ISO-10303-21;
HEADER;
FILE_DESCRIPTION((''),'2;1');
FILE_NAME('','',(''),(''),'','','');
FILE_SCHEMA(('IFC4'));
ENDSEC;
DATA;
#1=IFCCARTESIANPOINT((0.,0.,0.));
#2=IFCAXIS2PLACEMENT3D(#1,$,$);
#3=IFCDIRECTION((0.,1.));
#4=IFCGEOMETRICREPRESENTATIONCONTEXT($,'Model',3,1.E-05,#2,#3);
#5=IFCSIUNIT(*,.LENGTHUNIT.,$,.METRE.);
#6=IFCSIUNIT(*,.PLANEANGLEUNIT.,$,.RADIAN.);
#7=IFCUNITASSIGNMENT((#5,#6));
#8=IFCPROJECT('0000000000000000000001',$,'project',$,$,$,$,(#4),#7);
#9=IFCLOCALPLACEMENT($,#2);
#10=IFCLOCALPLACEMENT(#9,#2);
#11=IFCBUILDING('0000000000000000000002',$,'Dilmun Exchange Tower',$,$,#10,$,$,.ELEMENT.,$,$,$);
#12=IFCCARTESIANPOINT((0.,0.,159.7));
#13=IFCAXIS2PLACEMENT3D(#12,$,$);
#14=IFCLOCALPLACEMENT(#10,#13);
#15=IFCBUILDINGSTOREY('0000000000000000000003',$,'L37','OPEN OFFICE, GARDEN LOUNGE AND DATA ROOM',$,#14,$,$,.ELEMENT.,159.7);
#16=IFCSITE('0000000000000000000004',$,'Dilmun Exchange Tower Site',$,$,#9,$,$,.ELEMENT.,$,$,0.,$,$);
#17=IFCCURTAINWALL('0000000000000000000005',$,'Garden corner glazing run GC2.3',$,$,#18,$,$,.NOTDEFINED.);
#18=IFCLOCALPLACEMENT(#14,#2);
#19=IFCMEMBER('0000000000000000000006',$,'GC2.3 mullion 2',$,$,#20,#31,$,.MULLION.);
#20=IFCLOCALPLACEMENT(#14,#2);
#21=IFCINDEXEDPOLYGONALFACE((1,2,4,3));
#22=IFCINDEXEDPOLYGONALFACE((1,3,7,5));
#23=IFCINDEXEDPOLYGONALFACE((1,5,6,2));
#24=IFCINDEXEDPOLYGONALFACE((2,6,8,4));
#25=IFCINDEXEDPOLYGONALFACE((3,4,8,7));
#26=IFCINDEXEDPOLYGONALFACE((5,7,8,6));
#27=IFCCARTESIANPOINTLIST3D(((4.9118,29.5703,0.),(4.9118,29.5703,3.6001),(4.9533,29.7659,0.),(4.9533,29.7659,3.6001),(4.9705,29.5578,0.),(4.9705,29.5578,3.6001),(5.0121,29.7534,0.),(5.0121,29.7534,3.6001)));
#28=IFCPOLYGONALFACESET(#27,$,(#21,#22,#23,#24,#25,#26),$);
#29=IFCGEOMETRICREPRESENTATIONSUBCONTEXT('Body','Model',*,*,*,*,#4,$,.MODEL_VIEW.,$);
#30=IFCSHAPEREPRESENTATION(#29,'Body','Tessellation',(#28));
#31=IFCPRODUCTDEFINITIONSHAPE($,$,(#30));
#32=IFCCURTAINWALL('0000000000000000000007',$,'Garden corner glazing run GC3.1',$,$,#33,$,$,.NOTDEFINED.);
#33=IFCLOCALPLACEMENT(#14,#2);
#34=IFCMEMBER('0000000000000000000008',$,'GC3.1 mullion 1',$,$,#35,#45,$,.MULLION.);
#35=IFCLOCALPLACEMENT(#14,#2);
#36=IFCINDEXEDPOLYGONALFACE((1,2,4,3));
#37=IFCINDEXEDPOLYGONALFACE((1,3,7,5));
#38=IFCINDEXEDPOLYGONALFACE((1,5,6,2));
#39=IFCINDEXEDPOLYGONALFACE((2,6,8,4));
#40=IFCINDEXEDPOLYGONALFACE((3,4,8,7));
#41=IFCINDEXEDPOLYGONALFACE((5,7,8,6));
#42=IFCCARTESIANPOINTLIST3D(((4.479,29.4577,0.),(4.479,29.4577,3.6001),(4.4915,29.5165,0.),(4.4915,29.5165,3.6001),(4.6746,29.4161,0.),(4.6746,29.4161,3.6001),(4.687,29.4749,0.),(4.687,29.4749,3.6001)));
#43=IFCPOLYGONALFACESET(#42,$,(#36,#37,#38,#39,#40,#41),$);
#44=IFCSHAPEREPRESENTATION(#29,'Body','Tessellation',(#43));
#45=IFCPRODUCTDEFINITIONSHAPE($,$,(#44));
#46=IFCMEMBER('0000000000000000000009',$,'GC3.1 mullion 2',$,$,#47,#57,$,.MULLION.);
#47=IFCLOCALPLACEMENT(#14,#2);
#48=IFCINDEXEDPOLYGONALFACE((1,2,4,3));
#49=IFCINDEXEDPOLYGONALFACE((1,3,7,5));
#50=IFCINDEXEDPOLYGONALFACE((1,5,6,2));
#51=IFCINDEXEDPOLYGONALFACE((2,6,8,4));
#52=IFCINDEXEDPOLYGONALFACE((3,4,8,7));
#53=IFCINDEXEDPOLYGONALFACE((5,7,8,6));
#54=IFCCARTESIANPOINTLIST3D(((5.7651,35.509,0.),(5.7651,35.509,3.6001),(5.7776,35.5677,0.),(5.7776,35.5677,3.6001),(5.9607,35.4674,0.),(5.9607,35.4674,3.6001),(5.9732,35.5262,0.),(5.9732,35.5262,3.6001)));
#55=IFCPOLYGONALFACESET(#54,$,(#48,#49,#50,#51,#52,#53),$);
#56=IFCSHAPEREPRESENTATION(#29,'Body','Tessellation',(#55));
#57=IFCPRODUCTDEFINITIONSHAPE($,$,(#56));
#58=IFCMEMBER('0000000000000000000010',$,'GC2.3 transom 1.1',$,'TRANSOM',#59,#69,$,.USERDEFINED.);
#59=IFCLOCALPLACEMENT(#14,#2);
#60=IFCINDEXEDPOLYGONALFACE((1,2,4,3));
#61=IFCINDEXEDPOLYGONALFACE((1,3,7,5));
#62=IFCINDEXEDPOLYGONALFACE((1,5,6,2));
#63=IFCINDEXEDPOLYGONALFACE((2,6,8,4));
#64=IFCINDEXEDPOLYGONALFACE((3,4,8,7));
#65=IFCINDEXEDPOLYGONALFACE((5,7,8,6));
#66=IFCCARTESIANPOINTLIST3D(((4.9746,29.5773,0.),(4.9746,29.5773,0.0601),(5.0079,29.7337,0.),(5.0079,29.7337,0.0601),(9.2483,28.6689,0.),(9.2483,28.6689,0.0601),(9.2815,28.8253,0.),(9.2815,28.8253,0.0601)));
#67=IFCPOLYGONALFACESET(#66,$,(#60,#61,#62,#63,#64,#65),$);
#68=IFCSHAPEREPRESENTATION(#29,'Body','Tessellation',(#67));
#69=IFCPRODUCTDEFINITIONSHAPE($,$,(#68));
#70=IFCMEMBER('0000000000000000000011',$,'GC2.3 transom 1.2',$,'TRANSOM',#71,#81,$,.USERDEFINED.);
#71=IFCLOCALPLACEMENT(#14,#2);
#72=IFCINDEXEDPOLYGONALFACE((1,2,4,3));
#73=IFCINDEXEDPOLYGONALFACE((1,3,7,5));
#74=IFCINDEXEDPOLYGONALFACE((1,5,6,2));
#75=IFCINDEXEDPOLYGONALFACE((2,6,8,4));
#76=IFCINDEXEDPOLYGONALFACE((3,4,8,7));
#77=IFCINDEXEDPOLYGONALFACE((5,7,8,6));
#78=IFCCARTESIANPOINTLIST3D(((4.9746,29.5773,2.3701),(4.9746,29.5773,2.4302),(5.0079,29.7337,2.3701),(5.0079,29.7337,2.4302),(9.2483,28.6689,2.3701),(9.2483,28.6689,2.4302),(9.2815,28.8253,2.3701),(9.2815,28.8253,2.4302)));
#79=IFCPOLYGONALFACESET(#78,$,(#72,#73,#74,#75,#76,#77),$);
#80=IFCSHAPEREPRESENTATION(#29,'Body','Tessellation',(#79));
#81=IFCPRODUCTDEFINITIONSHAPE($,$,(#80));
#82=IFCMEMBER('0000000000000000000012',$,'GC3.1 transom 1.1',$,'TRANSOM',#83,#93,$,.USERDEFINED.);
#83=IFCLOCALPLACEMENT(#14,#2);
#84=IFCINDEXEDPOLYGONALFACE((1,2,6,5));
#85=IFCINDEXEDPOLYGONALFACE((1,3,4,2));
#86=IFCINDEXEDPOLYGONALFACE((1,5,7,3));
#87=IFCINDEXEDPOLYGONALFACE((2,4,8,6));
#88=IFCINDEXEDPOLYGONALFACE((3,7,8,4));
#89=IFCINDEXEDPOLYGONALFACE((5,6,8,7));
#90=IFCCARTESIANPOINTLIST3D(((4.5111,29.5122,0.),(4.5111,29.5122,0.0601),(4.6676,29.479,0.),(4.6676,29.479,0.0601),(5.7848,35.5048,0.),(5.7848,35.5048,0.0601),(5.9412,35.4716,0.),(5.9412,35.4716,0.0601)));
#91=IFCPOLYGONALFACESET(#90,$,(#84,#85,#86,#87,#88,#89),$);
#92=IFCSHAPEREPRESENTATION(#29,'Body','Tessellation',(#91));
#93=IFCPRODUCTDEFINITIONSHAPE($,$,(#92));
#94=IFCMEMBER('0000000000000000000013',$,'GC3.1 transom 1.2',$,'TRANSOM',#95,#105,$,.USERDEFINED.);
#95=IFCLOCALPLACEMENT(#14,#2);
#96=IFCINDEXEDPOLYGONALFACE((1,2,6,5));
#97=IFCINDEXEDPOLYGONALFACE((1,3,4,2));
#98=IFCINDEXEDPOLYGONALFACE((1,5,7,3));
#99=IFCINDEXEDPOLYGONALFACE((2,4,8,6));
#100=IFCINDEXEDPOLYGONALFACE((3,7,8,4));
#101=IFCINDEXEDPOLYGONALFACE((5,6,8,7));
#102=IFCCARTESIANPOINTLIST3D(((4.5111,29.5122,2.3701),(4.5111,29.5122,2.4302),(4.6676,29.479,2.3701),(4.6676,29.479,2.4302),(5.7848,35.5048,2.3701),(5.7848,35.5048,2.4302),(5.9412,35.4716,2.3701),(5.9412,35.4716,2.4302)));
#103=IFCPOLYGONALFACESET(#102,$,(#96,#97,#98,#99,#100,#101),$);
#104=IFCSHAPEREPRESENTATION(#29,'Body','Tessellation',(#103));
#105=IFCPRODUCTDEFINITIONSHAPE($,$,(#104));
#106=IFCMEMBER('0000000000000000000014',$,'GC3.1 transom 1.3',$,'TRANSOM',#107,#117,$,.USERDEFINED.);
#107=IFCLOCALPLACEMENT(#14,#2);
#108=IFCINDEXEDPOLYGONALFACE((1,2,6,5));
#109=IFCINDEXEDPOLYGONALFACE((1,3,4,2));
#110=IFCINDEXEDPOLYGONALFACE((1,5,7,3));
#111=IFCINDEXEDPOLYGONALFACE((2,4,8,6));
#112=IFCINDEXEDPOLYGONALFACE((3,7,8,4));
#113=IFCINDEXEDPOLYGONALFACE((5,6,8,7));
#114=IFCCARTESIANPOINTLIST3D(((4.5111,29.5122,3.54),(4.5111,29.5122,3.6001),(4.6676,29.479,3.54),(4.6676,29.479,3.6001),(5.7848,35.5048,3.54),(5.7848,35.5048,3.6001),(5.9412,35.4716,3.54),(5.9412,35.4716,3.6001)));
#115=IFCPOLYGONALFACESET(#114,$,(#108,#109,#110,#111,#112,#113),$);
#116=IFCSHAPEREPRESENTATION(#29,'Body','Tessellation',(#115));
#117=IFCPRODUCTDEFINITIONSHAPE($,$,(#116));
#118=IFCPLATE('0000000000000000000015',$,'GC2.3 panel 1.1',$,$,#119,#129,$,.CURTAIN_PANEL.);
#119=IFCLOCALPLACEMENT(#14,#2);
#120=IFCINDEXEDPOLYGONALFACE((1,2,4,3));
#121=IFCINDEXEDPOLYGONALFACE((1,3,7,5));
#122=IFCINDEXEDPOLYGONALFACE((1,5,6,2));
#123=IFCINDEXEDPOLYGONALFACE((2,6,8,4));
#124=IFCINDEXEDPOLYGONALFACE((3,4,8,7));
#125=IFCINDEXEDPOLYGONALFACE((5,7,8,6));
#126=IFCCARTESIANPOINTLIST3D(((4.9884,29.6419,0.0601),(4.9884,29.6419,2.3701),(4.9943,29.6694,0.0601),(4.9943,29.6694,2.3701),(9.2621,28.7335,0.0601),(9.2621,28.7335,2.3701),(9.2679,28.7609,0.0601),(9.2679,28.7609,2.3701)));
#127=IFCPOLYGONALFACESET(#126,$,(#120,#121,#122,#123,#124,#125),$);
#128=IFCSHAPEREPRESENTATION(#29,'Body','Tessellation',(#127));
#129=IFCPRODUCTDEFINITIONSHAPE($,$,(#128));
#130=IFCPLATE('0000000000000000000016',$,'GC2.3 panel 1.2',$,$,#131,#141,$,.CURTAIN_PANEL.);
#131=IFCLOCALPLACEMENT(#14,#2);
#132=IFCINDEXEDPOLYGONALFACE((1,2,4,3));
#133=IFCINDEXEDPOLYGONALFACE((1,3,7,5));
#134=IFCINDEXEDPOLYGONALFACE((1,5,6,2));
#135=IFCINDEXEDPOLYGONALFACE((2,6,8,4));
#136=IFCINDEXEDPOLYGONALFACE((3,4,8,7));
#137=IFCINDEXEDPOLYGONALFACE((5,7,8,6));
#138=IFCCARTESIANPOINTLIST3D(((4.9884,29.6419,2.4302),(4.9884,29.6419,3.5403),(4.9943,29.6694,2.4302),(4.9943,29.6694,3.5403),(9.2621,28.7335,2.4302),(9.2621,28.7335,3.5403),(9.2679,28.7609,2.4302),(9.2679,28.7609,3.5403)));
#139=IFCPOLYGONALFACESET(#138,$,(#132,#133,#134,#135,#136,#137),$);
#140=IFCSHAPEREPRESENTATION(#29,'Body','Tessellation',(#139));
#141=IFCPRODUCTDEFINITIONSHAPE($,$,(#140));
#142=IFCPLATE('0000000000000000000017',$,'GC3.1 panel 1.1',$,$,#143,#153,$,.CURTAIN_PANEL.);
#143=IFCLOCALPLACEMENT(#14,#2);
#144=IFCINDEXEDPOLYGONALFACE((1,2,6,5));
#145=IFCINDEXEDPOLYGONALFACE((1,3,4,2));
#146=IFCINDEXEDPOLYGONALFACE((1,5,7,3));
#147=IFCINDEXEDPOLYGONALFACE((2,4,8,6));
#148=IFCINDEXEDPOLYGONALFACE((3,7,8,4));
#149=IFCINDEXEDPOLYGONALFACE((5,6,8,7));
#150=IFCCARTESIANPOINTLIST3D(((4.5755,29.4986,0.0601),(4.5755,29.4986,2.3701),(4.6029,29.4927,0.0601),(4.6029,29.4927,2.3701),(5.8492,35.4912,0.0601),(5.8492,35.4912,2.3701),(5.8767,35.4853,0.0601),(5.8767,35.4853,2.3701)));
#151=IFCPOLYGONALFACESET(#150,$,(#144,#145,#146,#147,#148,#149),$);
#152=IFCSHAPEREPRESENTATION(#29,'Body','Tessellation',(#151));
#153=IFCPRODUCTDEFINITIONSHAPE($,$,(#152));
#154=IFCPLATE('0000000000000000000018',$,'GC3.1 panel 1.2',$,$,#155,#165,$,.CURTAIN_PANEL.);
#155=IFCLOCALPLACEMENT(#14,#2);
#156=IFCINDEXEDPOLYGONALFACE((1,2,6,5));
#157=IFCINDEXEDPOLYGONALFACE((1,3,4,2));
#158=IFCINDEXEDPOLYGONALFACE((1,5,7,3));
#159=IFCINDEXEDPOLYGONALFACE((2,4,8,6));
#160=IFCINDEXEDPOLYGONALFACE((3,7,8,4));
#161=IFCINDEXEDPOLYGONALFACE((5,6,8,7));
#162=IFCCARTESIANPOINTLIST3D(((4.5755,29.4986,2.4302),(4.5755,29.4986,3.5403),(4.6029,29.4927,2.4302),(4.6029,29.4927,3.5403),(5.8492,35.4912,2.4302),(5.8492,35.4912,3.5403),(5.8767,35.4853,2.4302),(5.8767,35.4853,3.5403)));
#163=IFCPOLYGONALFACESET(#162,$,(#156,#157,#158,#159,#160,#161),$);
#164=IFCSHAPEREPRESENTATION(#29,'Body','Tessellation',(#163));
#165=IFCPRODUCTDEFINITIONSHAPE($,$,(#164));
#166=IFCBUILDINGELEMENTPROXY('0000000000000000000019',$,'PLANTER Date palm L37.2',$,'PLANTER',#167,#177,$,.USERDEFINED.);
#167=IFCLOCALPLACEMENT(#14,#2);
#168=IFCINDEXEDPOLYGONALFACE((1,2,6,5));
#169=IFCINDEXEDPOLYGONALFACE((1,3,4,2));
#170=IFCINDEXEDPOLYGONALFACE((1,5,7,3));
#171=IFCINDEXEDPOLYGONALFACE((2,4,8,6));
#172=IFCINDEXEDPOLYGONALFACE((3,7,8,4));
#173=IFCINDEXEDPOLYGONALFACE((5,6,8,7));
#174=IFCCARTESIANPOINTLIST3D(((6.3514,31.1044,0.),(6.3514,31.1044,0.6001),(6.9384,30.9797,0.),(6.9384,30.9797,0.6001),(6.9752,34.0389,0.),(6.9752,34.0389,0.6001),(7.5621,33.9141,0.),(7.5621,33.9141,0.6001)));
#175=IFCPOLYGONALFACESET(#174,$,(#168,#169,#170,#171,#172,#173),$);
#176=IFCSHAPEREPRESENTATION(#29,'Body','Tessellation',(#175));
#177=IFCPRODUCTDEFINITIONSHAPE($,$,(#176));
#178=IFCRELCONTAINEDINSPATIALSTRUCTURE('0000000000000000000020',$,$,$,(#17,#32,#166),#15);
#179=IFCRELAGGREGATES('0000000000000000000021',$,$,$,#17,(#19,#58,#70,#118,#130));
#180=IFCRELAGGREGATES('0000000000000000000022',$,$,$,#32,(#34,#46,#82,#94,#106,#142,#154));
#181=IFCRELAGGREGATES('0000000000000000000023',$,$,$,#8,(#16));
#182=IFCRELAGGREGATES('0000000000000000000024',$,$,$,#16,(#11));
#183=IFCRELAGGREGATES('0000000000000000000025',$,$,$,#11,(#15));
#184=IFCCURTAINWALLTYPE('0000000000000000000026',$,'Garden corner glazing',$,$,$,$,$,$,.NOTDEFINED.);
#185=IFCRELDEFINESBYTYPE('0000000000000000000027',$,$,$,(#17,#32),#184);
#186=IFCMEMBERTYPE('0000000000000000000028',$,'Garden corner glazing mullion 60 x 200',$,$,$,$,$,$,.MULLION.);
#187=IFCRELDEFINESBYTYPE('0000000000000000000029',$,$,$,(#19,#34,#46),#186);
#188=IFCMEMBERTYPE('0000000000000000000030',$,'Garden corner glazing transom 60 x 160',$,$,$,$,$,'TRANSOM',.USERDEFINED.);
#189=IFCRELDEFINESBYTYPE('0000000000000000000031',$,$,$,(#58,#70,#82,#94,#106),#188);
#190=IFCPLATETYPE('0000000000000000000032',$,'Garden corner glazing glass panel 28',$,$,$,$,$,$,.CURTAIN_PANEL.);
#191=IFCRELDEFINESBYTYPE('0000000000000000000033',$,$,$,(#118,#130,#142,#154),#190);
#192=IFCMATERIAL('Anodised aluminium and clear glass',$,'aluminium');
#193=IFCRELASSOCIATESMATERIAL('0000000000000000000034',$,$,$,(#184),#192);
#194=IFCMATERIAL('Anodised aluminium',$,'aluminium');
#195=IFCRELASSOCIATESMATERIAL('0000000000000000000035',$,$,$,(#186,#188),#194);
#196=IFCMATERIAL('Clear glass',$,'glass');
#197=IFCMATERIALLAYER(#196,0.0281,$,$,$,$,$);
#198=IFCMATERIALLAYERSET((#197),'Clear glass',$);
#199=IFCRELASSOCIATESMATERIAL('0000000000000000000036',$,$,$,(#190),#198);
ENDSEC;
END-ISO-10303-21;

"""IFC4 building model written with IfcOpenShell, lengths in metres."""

from ifc_helpers import new_model, si_unit, direction, frame, origin, origin_2d, place, context, subcontext, project, spatial, rectangle, extrude, material, layer, layer_set, material_profile, profile_set, type_object, element, aggregate, save


model = new_model("IFC4")

# Units and contexts
model_context = context("Model", 3, precision=1e-05, world=origin(), true_north=direction((0.0, 1.0)))
body_context = subcontext(model_context, "Body", "Model", "MODEL_VIEW")
ifc_project = project(units=[si_unit("LENGTHUNIT", "METRE"), si_unit("PLANEANGLEUNIT", "RADIAN")], contexts=[model_context])

# Site, building, storey
site_placement = place(None, origin())
site = spatial("IfcSite", under=ifc_project, at=site_placement, Name="Dilmun Exchange Tower Site", CompositionType="ELEMENT", RefElevation=0.0)
building_placement = place(site_placement, origin())
building = spatial("IfcBuilding", under=site, at=building_placement, Name="Dilmun Exchange Tower", CompositionType="ELEMENT")
storey_placement = place(building_placement, frame((0.0, 0.0, 159.7)))
storey = spatial("IfcBuildingStorey", under=building, at=storey_placement, Name="L37", Description="OPEN OFFICE, GARDEN LOUNGE AND DATA ROOM", CompositionType="ELEMENT", Elevation=159.7)

# Curtain wall, member
ifc_material_1 = material(Name="Anodised aluminium and clear glass", Category="aluminium")
curtain_wall_type = type_object("IfcCurtainWallType", Name="Garden corner glazing", PredefinedType="NOTDEFINED", material=ifc_material_1)
curtain_wall_1_placement = place(storey_placement, origin())
curtain_wall_1 = element("IfcCurtainWall", 1, at=curtain_wall_1_placement, inside=storey, type_object=curtain_wall_type, Name="Garden corner glazing run GC2.3", PredefinedType="NOTDEFINED")
ifc_material_2 = material(Name="Anodised aluminium", Category="aluminium")
ifc_material_profile_1 = material_profile(ifc_material_2, rectangle(XDim=0.2, YDim=0.0601, at=origin_2d()), Name="AL 60x200")
ifc_profile_set_1 = profile_set([ifc_material_profile_1], Name="Anodised aluminium")
member_type_1 = type_object("IfcMemberType", Name="Garden corner glazing mullion 60 x 200", PredefinedType="MULLION", material=ifc_profile_set_1)
member_1_placement = place(storey_placement, frame((4.9619, 29.6619, 0.0), z_axis=(0.0, 0.0, 1.0), x_axis=(-0.207925, -0.978145, 0.0)))
member_1 = element("IfcMember", 2, at=member_1_placement, type_object=member_type_1, Name="GC2.3 mullion 2", PredefinedType="MULLION", context=body_context, shape_type="SweptSolid", body=[
    extrude(rectangle(XDim=0.2, YDim=0.0601, at=origin_2d()), origin(), (0.0, 0.0, 1.0), 3.6001),
])

# Curtain wall, members
curtain_wall_2_placement = place(storey_placement, origin())
curtain_wall_2 = element("IfcCurtainWall", 3, at=curtain_wall_2_placement, inside=storey, type_object=curtain_wall_type, Name="Garden corner glazing run GC3.1", PredefinedType="NOTDEFINED")
member_2_placement = place(storey_placement, frame((4.583, 29.4663, 0.0), z_axis=(0.0, 0.0, 1.0), x_axis=(-0.978148, 0.207912, 0.0)))
member_2 = element("IfcMember", 4, at=member_2_placement, type_object=member_type_1, Name="GC3.1 mullion 1", PredefinedType="MULLION", context=body_context, shape_type="SweptSolid", body=[
    extrude(rectangle(XDim=0.2, YDim=0.0601, at=origin_2d()), origin(), (0.0, 0.0, 1.0), 3.6001),
])
member_3_placement = place(storey_placement, frame((5.8691, 35.5176, 0.0), z_axis=(0.0, 0.0, 1.0), x_axis=(-0.978148, 0.207912, 0.0)))
member_3 = element("IfcMember", 5, at=member_3_placement, type_object=member_type_1, Name="GC3.1 mullion 2", PredefinedType="MULLION", context=body_context, shape_type="SweptSolid", body=[
    extrude(rectangle(XDim=0.2, YDim=0.0601, at=origin_2d()), origin(), (0.0, 0.0, 1.0), 3.6001),
])

# Members
ifc_material_profile_2 = material_profile(ifc_material_2, rectangle(XDim=0.1599, YDim=0.0601, at=origin_2d()), Name="AL 60x160")
ifc_profile_set_2 = profile_set([ifc_material_profile_2], Name="Anodised aluminium")
member_type_2 = type_object("IfcMemberType", Name="Garden corner glazing transom 60 x 160", ElementType="TRANSOM", PredefinedType="USERDEFINED", material=ifc_profile_set_2)
member_4_placement = place(storey_placement, frame((9.2649, 28.7471, 0.03), z_axis=(-0.978145, 0.207922, 0.0), x_axis=(-0.207922, -0.978145, 0.0)))
member_4 = element("IfcMember", 6, at=member_4_placement, type_object=member_type_2, Name="GC2.3 transom 1.1", ObjectType="TRANSOM", PredefinedType="USERDEFINED", context=body_context, shape_type="SweptSolid", body=[
    extrude(rectangle(XDim=0.1599, YDim=0.0601, at=origin_2d()), origin(), (0.0, 0.0, 1.0), 4.3691),
])
member_5_placement = place(storey_placement, frame((9.2649, 28.7471, 2.4001), z_axis=(-0.978145, 0.207922, 0.0), x_axis=(-0.207922, -0.978145, 0.0)))
member_5 = element("IfcMember", 7, at=member_5_placement, type_object=member_type_2, Name="GC2.3 transom 1.2", ObjectType="TRANSOM", PredefinedType="USERDEFINED", context=body_context, shape_type="SweptSolid", body=[
    extrude(rectangle(XDim=0.1599, YDim=0.0601, at=origin_2d()), origin(), (0.0, 0.0, 1.0), 4.3691),
])
member_6_placement = place(storey_placement, frame((4.5894, 29.4956, 0.03), z_axis=(0.207896, 0.978151, 0.0), x_axis=(-0.978151, 0.207896, 0.0)))
member_6 = element("IfcMember", 8, at=member_6_placement, type_object=member_type_2, Name="GC3.1 transom 1.1", ObjectType="TRANSOM", PredefinedType="USERDEFINED", context=body_context, shape_type="SweptSolid", body=[
    extrude(rectangle(XDim=0.1599, YDim=0.0601, at=origin_2d()), origin(), (0.0, 0.0, 1.0), 6.1265),
])
member_7_placement = place(storey_placement, frame((4.5894, 29.4956, 2.4001), z_axis=(0.207896, 0.978151, 0.0), x_axis=(-0.978151, 0.207896, 0.0)))
member_7 = element("IfcMember", 9, at=member_7_placement, type_object=member_type_2, Name="GC3.1 transom 1.2", ObjectType="TRANSOM", PredefinedType="USERDEFINED", context=body_context, shape_type="SweptSolid", body=[
    extrude(rectangle(XDim=0.1599, YDim=0.0601, at=origin_2d()), origin(), (0.0, 0.0, 1.0), 6.1265),
])
member_8_placement = place(storey_placement, frame((4.5894, 29.4956, 3.5701), z_axis=(0.207896, 0.978151, 0.0), x_axis=(-0.978151, 0.207896, 0.0)))
member_8 = element("IfcMember", 10, at=member_8_placement, type_object=member_type_2, Name="GC3.1 transom 1.3", ObjectType="TRANSOM", PredefinedType="USERDEFINED", context=body_context, shape_type="SweptSolid", body=[
    extrude(rectangle(XDim=0.1599, YDim=0.0601, at=origin_2d()), origin(), (0.0, 0.0, 1.0), 6.1265),
])

# Plates
ifc_material_3 = material(Name="Clear glass", Category="glass")
ifc_layer_1 = layer(ifc_material_3, 0.0281)
ifc_layer_set_1 = layer_set([ifc_layer_1], Name="Clear glass")
plate_type = type_object("IfcPlateType", Name="Garden corner glazing glass panel 28", PredefinedType="CURTAIN_PANEL", material=ifc_layer_set_1)
plate_1_placement = place(storey_placement, frame((7.1282, 29.2014, 0.0601), z_axis=(0.0, 0.0, 1.0), x_axis=(-0.978145, 0.207925, 0.0)))
plate_1 = element("IfcPlate", 11, at=plate_1_placement, type_object=plate_type, Name="GC2.3 panel 1.1", PredefinedType="CURTAIN_PANEL", context=body_context, shape_type="SweptSolid", body=[
    extrude(rectangle(XDim=4.3691, YDim=0.0281, at=origin_2d()), origin(), (0.0, 0.0, 1.0), 2.3101),
])
plate_2_placement = place(storey_placement, frame((7.1282, 29.2014, 2.4302), z_axis=(0.0, 0.0, 1.0), x_axis=(-0.978145, 0.207925, 0.0)))
plate_2 = element("IfcPlate", 12, at=plate_2_placement, type_object=plate_type, Name="GC2.3 panel 1.2", PredefinedType="CURTAIN_PANEL", context=body_context, shape_type="SweptSolid", body=[
    extrude(rectangle(XDim=4.3691, YDim=0.0281, at=origin_2d()), origin(), (0.0, 0.0, 1.0), 1.1101),
])
aggregate(curtain_wall_1, [member_1, member_4, member_5, plate_1, plate_2])
plate_3_placement = place(storey_placement, frame((5.2261, 32.4919, 0.0601), z_axis=(0.0, 0.0, 1.0), x_axis=(0.207912, 0.978148, 0.0)))
plate_3 = element("IfcPlate", 13, at=plate_3_placement, type_object=plate_type, Name="GC3.1 panel 1.1", PredefinedType="CURTAIN_PANEL", context=body_context, shape_type="SweptSolid", body=[
    extrude(rectangle(XDim=6.1265, YDim=0.0281, at=origin_2d()), origin(), (0.0, 0.0, 1.0), 2.3101),
])
plate_4_placement = place(storey_placement, frame((5.2261, 32.4919, 2.4302), z_axis=(0.0, 0.0, 1.0), x_axis=(0.207912, 0.978148, 0.0)))
plate_4 = element("IfcPlate", 14, at=plate_4_placement, type_object=plate_type, Name="GC3.1 panel 1.2", PredefinedType="CURTAIN_PANEL", context=body_context, shape_type="SweptSolid", body=[
    extrude(rectangle(XDim=6.1265, YDim=0.0281, at=origin_2d()), origin(), (0.0, 0.0, 1.0), 1.1101),
])
aggregate(curtain_wall_2, [member_2, member_3, member_6, member_7, member_8, plate_3, plate_4])

# Building element proxy
proxy_placement = place(storey_placement, frame((6.9568, 32.5093, 0.0), z_axis=(0.0, 0.0, 1.0), x_axis=(0.207912, 0.978148, 0.0)))
element("IfcBuildingElementProxy", 15, at=proxy_placement, inside=storey, Name="PLANTER Date palm L37.2", ObjectType="PLANTER", PredefinedType="USERDEFINED", context=body_context, shape_type="SweptSolid", body=[
    extrude(rectangle(XDim=3.0, YDim=0.6001, at=origin_2d()), origin(), (0.0, 0.0, 1.0), 0.6001),
])

save(model, "model.ifc")
